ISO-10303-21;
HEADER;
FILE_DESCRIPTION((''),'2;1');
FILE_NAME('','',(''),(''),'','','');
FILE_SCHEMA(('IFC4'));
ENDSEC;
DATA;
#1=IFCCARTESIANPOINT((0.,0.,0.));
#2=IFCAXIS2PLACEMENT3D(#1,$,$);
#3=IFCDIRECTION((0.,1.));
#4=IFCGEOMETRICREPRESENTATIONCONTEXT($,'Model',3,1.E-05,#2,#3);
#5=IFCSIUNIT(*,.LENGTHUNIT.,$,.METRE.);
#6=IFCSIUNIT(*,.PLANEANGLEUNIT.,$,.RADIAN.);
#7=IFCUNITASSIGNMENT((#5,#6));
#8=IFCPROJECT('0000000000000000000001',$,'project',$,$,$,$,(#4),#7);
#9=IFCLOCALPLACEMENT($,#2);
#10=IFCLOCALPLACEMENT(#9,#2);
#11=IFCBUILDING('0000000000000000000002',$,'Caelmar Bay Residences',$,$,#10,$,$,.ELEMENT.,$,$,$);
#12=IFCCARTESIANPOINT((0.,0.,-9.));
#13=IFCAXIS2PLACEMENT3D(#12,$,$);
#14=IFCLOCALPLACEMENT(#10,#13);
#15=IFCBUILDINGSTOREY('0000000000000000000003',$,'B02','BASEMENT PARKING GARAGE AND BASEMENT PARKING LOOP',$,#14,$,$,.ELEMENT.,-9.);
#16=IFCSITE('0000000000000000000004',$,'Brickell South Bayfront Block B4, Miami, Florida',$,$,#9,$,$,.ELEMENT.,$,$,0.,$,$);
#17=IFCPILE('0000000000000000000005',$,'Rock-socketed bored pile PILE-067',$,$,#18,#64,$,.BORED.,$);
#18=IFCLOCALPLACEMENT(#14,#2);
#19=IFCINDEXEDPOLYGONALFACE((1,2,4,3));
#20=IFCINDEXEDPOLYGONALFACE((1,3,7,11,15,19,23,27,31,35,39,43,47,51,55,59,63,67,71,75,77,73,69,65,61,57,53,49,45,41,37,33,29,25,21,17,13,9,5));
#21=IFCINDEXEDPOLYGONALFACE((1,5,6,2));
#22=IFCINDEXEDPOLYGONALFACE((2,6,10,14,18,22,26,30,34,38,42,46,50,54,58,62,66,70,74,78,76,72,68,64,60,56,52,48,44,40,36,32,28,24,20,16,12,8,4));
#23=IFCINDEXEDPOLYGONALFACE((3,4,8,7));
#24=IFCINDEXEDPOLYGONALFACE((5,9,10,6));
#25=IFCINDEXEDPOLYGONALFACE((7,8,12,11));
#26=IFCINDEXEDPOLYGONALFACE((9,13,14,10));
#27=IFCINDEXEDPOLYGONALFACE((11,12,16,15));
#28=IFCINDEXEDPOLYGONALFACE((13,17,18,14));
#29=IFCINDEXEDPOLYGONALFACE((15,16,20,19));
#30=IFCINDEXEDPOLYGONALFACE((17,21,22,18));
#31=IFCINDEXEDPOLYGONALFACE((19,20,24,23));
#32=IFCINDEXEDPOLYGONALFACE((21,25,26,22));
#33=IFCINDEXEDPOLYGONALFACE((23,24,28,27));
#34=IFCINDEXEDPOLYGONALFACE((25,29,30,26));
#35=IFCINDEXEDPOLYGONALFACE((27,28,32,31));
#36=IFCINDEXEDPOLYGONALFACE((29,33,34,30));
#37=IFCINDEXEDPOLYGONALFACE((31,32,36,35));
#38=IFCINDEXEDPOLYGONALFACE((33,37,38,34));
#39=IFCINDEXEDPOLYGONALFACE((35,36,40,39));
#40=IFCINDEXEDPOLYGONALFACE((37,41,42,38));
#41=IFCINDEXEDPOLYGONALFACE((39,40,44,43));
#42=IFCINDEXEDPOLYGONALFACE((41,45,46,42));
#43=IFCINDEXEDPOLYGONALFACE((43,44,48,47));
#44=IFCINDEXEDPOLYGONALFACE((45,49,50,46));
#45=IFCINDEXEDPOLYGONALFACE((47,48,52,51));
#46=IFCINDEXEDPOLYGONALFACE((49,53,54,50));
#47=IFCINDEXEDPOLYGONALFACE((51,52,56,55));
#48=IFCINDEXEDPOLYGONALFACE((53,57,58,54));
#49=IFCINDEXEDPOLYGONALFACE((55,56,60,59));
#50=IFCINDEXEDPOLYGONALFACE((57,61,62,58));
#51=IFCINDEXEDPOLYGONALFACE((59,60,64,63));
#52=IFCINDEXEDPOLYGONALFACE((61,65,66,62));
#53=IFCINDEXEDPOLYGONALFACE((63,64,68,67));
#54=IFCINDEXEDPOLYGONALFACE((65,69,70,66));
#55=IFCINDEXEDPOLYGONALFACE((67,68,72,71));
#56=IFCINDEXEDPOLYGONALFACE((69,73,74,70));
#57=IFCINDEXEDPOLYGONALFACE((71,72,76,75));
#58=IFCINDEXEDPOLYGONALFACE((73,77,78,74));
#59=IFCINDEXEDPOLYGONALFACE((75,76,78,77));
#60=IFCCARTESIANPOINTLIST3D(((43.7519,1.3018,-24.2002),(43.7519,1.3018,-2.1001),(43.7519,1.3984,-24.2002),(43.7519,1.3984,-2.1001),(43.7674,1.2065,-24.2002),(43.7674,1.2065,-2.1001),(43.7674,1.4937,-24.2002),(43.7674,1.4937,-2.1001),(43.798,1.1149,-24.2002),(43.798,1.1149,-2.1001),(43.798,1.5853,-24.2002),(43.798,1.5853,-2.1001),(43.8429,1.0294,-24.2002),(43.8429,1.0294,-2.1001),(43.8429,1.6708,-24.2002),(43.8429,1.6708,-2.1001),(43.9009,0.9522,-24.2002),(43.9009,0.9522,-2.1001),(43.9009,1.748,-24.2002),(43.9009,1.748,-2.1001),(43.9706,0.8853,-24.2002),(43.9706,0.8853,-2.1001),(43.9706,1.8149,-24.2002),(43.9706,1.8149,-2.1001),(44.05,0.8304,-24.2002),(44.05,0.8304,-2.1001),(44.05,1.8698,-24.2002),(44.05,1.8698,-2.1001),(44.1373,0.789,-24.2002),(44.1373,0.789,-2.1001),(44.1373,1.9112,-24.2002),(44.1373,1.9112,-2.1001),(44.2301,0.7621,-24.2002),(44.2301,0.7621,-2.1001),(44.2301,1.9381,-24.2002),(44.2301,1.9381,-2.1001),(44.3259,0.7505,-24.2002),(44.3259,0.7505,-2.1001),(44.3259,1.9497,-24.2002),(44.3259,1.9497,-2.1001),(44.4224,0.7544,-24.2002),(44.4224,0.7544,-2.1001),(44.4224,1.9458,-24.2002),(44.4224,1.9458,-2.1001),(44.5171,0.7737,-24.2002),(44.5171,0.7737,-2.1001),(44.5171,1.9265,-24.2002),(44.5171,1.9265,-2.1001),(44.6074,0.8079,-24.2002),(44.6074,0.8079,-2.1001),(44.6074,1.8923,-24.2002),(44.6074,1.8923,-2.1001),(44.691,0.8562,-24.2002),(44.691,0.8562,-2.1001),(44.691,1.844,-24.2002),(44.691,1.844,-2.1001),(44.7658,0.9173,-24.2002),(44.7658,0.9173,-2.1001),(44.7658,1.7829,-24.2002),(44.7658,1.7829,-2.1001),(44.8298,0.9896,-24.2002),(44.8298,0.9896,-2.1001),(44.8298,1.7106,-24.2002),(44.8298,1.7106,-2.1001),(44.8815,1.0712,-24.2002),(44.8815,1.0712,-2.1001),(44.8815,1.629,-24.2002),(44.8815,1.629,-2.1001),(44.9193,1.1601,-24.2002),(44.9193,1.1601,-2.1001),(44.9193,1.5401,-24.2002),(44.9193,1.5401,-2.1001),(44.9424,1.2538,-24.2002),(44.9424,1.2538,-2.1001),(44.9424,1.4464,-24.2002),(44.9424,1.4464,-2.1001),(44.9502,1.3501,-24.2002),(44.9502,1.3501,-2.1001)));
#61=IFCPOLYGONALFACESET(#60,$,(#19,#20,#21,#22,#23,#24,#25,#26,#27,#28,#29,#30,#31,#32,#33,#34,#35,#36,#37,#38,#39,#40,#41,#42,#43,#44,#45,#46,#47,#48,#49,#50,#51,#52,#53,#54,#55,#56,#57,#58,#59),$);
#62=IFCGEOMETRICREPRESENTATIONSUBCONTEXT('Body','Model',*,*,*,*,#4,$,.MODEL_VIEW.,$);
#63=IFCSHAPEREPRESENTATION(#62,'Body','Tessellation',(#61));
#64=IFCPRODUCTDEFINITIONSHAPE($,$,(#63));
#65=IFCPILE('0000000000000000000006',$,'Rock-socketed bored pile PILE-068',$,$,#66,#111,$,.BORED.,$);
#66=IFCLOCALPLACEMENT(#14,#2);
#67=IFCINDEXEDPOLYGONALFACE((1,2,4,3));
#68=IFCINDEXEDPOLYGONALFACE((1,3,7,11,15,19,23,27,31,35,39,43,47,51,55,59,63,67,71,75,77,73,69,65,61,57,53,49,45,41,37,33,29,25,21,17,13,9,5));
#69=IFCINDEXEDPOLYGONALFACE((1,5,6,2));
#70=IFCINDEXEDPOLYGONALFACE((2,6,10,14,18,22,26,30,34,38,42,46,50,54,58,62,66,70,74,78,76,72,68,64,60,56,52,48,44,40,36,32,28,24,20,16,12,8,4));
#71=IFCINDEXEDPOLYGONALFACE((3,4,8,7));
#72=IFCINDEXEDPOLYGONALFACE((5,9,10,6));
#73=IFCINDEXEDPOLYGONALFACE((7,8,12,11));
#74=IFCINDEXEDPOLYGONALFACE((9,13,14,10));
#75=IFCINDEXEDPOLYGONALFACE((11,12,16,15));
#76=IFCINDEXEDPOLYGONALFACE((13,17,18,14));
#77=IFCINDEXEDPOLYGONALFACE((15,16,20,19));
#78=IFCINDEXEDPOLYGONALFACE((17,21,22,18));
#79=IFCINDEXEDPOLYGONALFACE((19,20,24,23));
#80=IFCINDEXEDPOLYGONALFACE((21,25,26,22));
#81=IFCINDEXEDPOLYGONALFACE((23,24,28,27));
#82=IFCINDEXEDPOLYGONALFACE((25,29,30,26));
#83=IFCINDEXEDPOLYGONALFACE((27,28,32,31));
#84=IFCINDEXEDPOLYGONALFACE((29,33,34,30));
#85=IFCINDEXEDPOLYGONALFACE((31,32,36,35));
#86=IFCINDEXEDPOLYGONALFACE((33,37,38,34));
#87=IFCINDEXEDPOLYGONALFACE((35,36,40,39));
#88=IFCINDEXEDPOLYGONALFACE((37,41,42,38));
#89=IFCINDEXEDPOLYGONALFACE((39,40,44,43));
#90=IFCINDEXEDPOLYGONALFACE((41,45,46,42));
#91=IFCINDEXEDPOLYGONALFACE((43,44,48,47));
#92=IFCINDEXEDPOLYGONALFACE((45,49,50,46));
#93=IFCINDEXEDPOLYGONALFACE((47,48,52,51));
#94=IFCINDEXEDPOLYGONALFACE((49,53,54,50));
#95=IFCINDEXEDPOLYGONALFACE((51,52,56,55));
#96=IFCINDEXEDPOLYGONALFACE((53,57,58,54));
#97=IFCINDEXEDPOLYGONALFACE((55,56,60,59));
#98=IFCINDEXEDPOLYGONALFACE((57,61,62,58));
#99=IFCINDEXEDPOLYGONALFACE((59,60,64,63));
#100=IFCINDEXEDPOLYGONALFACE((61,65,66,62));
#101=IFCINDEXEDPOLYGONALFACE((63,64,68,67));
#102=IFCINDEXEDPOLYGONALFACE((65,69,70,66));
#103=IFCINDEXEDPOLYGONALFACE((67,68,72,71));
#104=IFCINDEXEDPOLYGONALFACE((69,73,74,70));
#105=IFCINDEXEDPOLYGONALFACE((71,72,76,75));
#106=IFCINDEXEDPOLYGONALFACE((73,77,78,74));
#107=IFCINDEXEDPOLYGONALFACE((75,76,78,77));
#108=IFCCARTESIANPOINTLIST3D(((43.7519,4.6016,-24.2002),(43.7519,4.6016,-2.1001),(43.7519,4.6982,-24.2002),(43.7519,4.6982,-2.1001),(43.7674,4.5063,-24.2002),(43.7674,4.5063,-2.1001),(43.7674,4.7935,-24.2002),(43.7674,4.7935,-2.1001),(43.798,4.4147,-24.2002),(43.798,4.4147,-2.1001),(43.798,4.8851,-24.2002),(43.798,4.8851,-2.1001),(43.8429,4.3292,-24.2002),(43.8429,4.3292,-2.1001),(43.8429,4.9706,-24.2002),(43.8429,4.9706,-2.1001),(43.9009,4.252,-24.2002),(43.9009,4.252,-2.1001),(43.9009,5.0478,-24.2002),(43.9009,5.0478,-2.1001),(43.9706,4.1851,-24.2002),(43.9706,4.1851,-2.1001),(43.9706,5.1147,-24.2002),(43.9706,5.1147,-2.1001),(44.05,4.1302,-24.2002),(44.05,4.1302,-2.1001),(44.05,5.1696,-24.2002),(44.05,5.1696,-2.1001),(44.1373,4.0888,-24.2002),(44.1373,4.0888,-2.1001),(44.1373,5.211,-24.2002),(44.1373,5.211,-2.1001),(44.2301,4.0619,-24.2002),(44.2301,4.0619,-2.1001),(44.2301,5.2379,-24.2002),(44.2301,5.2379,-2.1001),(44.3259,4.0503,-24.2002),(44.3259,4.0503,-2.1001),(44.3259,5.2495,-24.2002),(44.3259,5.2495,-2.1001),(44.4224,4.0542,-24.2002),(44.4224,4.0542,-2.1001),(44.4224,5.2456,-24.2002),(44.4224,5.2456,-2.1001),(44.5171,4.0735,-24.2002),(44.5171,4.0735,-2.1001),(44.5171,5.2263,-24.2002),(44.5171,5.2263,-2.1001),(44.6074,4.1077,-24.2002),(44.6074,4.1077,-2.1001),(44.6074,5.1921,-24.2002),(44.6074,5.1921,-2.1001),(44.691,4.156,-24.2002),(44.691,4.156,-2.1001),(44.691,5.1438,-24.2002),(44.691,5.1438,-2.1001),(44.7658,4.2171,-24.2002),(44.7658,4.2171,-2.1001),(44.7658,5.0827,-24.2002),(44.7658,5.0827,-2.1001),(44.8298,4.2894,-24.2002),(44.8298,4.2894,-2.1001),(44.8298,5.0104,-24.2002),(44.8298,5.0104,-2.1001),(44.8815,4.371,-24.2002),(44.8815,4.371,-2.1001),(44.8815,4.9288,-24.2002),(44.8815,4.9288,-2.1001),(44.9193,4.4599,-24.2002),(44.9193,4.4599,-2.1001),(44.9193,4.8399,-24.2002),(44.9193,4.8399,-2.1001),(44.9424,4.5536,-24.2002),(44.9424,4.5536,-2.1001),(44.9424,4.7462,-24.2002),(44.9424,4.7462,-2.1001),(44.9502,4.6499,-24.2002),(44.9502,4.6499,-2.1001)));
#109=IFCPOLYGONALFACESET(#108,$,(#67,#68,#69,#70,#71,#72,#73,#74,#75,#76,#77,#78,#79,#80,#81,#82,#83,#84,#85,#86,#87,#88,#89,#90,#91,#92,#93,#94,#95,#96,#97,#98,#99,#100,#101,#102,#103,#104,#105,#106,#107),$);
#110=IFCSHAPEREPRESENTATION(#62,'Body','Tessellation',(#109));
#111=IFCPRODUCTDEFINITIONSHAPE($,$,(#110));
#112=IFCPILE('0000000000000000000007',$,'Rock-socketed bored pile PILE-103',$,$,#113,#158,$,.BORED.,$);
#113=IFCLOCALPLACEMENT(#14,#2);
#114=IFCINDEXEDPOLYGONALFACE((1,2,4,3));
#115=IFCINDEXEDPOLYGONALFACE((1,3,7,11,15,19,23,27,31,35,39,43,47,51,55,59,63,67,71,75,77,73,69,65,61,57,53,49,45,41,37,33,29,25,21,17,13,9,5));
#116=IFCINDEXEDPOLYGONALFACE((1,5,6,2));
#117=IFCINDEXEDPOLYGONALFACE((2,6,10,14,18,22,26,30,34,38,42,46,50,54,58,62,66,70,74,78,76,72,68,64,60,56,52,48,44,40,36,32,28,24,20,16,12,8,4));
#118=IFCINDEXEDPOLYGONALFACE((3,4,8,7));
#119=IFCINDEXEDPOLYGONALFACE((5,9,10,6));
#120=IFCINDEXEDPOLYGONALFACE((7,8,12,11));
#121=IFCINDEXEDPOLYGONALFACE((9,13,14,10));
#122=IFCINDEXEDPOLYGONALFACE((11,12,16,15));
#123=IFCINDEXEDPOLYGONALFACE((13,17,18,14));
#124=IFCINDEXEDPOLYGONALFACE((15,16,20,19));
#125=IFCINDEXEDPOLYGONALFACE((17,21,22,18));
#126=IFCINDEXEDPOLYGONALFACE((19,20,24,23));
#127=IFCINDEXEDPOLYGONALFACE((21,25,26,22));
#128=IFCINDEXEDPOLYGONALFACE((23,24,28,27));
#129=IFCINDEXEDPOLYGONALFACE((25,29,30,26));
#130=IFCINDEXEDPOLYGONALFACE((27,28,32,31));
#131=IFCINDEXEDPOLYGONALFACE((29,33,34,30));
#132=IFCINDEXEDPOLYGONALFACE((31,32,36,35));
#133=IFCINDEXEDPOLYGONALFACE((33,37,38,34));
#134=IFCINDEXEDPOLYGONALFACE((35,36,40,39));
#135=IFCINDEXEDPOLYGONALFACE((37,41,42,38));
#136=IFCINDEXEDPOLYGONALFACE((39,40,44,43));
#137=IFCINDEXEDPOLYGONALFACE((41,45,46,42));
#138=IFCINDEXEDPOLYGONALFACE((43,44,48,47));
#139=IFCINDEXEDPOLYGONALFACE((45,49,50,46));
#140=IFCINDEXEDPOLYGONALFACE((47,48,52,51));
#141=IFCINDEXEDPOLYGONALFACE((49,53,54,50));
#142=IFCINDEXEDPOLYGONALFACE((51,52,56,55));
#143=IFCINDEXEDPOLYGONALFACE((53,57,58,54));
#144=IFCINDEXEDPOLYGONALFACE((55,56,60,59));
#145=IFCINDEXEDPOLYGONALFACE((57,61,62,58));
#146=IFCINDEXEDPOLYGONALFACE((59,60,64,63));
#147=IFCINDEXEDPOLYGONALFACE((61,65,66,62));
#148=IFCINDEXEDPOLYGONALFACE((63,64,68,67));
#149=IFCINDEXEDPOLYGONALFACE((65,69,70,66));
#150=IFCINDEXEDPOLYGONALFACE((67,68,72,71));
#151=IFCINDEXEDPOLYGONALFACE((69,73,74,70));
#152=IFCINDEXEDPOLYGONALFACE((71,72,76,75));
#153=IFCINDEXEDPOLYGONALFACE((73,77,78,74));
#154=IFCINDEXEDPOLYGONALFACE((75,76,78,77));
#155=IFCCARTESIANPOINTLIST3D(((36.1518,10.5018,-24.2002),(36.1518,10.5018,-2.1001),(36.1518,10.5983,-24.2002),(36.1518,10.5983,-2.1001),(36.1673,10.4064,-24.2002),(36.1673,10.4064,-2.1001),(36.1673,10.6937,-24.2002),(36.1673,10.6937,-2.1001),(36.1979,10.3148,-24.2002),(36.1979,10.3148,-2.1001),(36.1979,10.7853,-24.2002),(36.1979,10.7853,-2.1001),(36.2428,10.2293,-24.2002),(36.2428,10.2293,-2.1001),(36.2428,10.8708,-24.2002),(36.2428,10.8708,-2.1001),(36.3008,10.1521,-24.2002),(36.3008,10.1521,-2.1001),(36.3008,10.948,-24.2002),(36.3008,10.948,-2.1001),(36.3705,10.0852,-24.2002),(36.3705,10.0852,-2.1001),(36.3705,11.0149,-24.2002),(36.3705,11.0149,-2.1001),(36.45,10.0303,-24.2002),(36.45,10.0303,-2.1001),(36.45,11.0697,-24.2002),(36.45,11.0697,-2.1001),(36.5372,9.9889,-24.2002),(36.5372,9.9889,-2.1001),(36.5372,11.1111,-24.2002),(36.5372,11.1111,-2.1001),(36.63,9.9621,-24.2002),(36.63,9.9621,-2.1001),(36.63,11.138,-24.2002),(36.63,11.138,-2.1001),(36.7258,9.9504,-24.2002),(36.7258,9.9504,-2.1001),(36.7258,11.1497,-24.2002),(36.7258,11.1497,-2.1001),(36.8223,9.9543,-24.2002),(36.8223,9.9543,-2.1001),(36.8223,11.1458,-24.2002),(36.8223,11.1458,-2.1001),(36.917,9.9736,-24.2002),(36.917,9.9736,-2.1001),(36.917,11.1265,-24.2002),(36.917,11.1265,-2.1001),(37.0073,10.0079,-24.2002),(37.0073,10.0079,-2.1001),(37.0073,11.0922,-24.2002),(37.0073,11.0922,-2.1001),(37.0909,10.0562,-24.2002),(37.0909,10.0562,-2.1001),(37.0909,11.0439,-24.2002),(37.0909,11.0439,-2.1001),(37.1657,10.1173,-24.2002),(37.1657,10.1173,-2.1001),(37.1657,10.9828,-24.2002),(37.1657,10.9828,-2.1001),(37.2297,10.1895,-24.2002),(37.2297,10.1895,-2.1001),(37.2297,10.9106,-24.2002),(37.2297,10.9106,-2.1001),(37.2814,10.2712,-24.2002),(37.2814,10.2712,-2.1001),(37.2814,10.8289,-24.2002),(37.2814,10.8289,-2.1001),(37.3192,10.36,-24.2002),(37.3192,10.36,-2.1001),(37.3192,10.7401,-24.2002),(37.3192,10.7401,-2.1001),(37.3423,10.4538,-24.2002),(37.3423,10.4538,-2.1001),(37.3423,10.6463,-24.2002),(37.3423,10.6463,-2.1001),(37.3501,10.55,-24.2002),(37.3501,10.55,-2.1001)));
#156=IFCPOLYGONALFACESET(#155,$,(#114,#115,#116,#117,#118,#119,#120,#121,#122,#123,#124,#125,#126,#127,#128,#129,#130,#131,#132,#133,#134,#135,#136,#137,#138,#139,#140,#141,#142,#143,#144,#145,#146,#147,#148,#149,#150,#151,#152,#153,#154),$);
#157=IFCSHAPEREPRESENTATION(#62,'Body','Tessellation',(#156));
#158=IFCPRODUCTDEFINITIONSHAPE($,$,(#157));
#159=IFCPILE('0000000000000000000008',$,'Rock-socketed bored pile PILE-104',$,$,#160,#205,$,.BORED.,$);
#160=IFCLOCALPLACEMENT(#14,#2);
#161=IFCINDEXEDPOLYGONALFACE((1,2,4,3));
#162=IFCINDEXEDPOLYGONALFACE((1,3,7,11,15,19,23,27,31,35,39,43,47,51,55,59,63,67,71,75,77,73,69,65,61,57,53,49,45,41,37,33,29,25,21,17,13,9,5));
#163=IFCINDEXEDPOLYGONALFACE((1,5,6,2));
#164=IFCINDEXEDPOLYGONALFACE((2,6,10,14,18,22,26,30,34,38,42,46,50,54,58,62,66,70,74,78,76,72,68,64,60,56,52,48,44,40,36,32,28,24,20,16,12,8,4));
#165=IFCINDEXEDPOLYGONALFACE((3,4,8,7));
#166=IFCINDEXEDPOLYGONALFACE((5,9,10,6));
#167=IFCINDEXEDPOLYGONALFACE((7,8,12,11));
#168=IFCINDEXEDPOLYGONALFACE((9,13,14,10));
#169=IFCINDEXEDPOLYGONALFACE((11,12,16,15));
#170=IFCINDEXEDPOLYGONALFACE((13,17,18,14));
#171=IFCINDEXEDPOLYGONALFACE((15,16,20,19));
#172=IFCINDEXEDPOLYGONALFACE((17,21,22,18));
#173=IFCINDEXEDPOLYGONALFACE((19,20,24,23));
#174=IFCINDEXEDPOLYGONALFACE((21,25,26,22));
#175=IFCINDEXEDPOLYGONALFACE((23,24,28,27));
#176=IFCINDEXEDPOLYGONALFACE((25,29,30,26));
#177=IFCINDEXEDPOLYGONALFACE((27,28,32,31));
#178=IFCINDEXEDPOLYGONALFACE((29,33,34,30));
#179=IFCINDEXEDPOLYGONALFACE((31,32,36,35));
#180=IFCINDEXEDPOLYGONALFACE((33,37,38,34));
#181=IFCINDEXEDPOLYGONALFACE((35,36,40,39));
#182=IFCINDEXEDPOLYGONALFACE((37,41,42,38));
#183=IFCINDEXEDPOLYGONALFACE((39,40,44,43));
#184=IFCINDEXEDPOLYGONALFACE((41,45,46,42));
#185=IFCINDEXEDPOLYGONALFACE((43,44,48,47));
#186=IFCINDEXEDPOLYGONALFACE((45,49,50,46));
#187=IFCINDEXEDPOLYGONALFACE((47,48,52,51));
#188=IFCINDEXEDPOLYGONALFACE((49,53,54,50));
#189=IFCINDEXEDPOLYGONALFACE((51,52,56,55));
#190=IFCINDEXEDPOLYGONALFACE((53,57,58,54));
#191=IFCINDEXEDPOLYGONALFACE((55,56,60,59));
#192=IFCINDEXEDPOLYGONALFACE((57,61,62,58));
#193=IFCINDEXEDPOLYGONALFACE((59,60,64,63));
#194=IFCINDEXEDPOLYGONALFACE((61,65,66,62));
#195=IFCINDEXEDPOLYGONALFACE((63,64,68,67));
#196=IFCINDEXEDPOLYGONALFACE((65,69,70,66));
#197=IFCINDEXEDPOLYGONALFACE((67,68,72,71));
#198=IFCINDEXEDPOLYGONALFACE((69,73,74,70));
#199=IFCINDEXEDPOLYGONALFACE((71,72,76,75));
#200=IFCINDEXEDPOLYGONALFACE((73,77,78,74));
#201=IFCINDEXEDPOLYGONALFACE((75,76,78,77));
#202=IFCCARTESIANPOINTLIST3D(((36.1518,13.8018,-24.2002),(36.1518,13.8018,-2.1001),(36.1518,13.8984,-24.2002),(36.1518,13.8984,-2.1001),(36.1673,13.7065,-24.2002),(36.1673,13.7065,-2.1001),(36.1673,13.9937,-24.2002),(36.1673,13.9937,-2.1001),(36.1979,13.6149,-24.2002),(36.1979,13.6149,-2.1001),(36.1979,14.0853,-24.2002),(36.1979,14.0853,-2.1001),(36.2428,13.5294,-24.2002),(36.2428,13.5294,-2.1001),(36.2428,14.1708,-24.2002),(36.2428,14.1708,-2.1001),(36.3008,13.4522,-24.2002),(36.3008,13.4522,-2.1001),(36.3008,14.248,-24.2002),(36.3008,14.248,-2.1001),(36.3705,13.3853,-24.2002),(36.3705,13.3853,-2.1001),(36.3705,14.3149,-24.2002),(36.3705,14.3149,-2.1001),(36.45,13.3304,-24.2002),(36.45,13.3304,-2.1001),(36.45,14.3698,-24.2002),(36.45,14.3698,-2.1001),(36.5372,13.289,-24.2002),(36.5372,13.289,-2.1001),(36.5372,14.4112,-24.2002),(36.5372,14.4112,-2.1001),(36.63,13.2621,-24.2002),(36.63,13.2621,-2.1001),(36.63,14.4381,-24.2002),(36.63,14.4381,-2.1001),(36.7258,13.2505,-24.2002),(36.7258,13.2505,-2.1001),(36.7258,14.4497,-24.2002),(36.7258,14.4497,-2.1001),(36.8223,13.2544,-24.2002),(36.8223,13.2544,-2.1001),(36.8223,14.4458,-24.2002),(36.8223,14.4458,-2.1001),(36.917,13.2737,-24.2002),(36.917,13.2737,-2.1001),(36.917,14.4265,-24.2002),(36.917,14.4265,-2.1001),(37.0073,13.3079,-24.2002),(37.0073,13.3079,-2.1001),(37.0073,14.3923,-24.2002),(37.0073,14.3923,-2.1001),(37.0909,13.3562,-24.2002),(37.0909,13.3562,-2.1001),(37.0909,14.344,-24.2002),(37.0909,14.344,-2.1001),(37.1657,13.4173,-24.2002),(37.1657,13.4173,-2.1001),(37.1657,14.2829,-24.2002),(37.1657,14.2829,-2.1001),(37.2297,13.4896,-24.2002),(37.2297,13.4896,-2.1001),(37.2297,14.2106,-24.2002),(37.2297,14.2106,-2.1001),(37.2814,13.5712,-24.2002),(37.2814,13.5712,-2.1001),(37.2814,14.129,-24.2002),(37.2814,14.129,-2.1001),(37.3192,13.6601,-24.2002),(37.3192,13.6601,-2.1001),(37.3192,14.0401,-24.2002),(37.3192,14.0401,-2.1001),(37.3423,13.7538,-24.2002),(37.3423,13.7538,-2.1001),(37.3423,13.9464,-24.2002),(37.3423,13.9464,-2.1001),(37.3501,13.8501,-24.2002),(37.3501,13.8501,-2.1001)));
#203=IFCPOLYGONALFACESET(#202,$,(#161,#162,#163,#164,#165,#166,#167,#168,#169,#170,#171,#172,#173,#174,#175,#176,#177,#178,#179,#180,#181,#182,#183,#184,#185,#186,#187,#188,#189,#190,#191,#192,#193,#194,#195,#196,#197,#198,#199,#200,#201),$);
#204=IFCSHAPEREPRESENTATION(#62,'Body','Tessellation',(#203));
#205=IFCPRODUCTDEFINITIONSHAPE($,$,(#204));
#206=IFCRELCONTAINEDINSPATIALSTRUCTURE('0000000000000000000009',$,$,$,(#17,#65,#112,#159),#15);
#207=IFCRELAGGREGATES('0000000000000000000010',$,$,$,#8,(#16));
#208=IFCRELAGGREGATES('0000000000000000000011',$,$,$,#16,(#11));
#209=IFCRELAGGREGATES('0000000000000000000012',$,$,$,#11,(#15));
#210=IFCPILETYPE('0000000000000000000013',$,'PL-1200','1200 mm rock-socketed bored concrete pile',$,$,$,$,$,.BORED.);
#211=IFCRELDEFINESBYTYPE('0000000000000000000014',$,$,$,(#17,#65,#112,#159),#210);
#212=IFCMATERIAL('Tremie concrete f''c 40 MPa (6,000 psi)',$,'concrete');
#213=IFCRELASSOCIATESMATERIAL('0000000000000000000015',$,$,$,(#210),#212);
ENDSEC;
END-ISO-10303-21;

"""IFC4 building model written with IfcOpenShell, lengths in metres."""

from ifc_helpers import new_model, si_unit, direction, frame, origin, origin_2d, place, context, subcontext, project, spatial, circle, extrude, material, material_profile, profile_set, type_object, element, save


model = new_model("IFC4")

# Units and contexts
model_context = context("Model", 3, precision=1e-05, world=origin(), true_north=direction((0.0, 1.0)))
body_context = subcontext(model_context, "Body", "Model", "MODEL_VIEW")
ifc_project = project(units=[si_unit("LENGTHUNIT", "METRE"), si_unit("PLANEANGLEUNIT", "RADIAN")], contexts=[model_context])

# Site, building, storey
site_placement = place(None, origin())
site = spatial("IfcSite", under=ifc_project, at=site_placement, Name="Brickell South Bayfront Block B4, Miami, Florida", CompositionType="ELEMENT", RefElevation=0.0)
building_placement = place(site_placement, origin())
building = spatial("IfcBuilding", under=site, at=building_placement, Name="Caelmar Bay Residences", CompositionType="ELEMENT")
storey_placement = place(building_placement, frame((0.0, 0.0, -9.0)))
storey = spatial("IfcBuildingStorey", under=building, at=storey_placement, Name="B02", Description="BASEMENT PARKING GARAGE AND BASEMENT PARKING LOOP", CompositionType="ELEMENT", Elevation=-9.0)

# Piles
ifc_material_1 = material(Name="Tremie concrete f'c 40 MPa (6,000 psi)", Category="concrete")
ifc_material_profile_1 = material_profile(ifc_material_1, circle(Radius=0.6001, at=origin_2d()), Name="PILE-1200D")
ifc_profile_set_1 = profile_set([ifc_material_profile_1], Name="Tremie concrete f'c 40 MPa (6,000 psi)")
pile_type = type_object("IfcPileType", Name="PL-1200", Description="1200 mm rock-socketed bored concrete pile", PredefinedType="BORED", material=ifc_profile_set_1)
for number, where, z_axis, x_axis, name in (
    (1, (44.3501, 1.3501, -2.1001), (0.0, 0.0, -1.0), (1.0, 0.0, 0.0), "Rock-socketed bored pile PILE-067"),
    (2, (44.3501, 4.6499, -2.1001), (0.0, 0.0, -1.0), (1.0, 0.0, 0.0), "Rock-socketed bored pile PILE-068"),
    (3, (36.75, 10.55, -2.1001), (0.0, 0.0, -1.0), (1.0, 0.0, 0.0), "Rock-socketed bored pile PILE-103"),
    (4, (36.75, 13.8501, -2.1001), (0.0, 0.0, -1.0), (1.0, 0.0, 0.0), "Rock-socketed bored pile PILE-104"),
):
    element("IfcPile", number, at=place(storey_placement, frame(where, z_axis=z_axis, x_axis=x_axis)), inside=storey, type_object=pile_type, Name=name, PredefinedType="BORED", context=body_context, shape_type="SweptSolid", body=[
        extrude(circle(Radius=0.6001, at=origin_2d()), origin(), (0.0, 0.0, 1.0), 22.1001),
    ])

save(model, "model.ifc")
